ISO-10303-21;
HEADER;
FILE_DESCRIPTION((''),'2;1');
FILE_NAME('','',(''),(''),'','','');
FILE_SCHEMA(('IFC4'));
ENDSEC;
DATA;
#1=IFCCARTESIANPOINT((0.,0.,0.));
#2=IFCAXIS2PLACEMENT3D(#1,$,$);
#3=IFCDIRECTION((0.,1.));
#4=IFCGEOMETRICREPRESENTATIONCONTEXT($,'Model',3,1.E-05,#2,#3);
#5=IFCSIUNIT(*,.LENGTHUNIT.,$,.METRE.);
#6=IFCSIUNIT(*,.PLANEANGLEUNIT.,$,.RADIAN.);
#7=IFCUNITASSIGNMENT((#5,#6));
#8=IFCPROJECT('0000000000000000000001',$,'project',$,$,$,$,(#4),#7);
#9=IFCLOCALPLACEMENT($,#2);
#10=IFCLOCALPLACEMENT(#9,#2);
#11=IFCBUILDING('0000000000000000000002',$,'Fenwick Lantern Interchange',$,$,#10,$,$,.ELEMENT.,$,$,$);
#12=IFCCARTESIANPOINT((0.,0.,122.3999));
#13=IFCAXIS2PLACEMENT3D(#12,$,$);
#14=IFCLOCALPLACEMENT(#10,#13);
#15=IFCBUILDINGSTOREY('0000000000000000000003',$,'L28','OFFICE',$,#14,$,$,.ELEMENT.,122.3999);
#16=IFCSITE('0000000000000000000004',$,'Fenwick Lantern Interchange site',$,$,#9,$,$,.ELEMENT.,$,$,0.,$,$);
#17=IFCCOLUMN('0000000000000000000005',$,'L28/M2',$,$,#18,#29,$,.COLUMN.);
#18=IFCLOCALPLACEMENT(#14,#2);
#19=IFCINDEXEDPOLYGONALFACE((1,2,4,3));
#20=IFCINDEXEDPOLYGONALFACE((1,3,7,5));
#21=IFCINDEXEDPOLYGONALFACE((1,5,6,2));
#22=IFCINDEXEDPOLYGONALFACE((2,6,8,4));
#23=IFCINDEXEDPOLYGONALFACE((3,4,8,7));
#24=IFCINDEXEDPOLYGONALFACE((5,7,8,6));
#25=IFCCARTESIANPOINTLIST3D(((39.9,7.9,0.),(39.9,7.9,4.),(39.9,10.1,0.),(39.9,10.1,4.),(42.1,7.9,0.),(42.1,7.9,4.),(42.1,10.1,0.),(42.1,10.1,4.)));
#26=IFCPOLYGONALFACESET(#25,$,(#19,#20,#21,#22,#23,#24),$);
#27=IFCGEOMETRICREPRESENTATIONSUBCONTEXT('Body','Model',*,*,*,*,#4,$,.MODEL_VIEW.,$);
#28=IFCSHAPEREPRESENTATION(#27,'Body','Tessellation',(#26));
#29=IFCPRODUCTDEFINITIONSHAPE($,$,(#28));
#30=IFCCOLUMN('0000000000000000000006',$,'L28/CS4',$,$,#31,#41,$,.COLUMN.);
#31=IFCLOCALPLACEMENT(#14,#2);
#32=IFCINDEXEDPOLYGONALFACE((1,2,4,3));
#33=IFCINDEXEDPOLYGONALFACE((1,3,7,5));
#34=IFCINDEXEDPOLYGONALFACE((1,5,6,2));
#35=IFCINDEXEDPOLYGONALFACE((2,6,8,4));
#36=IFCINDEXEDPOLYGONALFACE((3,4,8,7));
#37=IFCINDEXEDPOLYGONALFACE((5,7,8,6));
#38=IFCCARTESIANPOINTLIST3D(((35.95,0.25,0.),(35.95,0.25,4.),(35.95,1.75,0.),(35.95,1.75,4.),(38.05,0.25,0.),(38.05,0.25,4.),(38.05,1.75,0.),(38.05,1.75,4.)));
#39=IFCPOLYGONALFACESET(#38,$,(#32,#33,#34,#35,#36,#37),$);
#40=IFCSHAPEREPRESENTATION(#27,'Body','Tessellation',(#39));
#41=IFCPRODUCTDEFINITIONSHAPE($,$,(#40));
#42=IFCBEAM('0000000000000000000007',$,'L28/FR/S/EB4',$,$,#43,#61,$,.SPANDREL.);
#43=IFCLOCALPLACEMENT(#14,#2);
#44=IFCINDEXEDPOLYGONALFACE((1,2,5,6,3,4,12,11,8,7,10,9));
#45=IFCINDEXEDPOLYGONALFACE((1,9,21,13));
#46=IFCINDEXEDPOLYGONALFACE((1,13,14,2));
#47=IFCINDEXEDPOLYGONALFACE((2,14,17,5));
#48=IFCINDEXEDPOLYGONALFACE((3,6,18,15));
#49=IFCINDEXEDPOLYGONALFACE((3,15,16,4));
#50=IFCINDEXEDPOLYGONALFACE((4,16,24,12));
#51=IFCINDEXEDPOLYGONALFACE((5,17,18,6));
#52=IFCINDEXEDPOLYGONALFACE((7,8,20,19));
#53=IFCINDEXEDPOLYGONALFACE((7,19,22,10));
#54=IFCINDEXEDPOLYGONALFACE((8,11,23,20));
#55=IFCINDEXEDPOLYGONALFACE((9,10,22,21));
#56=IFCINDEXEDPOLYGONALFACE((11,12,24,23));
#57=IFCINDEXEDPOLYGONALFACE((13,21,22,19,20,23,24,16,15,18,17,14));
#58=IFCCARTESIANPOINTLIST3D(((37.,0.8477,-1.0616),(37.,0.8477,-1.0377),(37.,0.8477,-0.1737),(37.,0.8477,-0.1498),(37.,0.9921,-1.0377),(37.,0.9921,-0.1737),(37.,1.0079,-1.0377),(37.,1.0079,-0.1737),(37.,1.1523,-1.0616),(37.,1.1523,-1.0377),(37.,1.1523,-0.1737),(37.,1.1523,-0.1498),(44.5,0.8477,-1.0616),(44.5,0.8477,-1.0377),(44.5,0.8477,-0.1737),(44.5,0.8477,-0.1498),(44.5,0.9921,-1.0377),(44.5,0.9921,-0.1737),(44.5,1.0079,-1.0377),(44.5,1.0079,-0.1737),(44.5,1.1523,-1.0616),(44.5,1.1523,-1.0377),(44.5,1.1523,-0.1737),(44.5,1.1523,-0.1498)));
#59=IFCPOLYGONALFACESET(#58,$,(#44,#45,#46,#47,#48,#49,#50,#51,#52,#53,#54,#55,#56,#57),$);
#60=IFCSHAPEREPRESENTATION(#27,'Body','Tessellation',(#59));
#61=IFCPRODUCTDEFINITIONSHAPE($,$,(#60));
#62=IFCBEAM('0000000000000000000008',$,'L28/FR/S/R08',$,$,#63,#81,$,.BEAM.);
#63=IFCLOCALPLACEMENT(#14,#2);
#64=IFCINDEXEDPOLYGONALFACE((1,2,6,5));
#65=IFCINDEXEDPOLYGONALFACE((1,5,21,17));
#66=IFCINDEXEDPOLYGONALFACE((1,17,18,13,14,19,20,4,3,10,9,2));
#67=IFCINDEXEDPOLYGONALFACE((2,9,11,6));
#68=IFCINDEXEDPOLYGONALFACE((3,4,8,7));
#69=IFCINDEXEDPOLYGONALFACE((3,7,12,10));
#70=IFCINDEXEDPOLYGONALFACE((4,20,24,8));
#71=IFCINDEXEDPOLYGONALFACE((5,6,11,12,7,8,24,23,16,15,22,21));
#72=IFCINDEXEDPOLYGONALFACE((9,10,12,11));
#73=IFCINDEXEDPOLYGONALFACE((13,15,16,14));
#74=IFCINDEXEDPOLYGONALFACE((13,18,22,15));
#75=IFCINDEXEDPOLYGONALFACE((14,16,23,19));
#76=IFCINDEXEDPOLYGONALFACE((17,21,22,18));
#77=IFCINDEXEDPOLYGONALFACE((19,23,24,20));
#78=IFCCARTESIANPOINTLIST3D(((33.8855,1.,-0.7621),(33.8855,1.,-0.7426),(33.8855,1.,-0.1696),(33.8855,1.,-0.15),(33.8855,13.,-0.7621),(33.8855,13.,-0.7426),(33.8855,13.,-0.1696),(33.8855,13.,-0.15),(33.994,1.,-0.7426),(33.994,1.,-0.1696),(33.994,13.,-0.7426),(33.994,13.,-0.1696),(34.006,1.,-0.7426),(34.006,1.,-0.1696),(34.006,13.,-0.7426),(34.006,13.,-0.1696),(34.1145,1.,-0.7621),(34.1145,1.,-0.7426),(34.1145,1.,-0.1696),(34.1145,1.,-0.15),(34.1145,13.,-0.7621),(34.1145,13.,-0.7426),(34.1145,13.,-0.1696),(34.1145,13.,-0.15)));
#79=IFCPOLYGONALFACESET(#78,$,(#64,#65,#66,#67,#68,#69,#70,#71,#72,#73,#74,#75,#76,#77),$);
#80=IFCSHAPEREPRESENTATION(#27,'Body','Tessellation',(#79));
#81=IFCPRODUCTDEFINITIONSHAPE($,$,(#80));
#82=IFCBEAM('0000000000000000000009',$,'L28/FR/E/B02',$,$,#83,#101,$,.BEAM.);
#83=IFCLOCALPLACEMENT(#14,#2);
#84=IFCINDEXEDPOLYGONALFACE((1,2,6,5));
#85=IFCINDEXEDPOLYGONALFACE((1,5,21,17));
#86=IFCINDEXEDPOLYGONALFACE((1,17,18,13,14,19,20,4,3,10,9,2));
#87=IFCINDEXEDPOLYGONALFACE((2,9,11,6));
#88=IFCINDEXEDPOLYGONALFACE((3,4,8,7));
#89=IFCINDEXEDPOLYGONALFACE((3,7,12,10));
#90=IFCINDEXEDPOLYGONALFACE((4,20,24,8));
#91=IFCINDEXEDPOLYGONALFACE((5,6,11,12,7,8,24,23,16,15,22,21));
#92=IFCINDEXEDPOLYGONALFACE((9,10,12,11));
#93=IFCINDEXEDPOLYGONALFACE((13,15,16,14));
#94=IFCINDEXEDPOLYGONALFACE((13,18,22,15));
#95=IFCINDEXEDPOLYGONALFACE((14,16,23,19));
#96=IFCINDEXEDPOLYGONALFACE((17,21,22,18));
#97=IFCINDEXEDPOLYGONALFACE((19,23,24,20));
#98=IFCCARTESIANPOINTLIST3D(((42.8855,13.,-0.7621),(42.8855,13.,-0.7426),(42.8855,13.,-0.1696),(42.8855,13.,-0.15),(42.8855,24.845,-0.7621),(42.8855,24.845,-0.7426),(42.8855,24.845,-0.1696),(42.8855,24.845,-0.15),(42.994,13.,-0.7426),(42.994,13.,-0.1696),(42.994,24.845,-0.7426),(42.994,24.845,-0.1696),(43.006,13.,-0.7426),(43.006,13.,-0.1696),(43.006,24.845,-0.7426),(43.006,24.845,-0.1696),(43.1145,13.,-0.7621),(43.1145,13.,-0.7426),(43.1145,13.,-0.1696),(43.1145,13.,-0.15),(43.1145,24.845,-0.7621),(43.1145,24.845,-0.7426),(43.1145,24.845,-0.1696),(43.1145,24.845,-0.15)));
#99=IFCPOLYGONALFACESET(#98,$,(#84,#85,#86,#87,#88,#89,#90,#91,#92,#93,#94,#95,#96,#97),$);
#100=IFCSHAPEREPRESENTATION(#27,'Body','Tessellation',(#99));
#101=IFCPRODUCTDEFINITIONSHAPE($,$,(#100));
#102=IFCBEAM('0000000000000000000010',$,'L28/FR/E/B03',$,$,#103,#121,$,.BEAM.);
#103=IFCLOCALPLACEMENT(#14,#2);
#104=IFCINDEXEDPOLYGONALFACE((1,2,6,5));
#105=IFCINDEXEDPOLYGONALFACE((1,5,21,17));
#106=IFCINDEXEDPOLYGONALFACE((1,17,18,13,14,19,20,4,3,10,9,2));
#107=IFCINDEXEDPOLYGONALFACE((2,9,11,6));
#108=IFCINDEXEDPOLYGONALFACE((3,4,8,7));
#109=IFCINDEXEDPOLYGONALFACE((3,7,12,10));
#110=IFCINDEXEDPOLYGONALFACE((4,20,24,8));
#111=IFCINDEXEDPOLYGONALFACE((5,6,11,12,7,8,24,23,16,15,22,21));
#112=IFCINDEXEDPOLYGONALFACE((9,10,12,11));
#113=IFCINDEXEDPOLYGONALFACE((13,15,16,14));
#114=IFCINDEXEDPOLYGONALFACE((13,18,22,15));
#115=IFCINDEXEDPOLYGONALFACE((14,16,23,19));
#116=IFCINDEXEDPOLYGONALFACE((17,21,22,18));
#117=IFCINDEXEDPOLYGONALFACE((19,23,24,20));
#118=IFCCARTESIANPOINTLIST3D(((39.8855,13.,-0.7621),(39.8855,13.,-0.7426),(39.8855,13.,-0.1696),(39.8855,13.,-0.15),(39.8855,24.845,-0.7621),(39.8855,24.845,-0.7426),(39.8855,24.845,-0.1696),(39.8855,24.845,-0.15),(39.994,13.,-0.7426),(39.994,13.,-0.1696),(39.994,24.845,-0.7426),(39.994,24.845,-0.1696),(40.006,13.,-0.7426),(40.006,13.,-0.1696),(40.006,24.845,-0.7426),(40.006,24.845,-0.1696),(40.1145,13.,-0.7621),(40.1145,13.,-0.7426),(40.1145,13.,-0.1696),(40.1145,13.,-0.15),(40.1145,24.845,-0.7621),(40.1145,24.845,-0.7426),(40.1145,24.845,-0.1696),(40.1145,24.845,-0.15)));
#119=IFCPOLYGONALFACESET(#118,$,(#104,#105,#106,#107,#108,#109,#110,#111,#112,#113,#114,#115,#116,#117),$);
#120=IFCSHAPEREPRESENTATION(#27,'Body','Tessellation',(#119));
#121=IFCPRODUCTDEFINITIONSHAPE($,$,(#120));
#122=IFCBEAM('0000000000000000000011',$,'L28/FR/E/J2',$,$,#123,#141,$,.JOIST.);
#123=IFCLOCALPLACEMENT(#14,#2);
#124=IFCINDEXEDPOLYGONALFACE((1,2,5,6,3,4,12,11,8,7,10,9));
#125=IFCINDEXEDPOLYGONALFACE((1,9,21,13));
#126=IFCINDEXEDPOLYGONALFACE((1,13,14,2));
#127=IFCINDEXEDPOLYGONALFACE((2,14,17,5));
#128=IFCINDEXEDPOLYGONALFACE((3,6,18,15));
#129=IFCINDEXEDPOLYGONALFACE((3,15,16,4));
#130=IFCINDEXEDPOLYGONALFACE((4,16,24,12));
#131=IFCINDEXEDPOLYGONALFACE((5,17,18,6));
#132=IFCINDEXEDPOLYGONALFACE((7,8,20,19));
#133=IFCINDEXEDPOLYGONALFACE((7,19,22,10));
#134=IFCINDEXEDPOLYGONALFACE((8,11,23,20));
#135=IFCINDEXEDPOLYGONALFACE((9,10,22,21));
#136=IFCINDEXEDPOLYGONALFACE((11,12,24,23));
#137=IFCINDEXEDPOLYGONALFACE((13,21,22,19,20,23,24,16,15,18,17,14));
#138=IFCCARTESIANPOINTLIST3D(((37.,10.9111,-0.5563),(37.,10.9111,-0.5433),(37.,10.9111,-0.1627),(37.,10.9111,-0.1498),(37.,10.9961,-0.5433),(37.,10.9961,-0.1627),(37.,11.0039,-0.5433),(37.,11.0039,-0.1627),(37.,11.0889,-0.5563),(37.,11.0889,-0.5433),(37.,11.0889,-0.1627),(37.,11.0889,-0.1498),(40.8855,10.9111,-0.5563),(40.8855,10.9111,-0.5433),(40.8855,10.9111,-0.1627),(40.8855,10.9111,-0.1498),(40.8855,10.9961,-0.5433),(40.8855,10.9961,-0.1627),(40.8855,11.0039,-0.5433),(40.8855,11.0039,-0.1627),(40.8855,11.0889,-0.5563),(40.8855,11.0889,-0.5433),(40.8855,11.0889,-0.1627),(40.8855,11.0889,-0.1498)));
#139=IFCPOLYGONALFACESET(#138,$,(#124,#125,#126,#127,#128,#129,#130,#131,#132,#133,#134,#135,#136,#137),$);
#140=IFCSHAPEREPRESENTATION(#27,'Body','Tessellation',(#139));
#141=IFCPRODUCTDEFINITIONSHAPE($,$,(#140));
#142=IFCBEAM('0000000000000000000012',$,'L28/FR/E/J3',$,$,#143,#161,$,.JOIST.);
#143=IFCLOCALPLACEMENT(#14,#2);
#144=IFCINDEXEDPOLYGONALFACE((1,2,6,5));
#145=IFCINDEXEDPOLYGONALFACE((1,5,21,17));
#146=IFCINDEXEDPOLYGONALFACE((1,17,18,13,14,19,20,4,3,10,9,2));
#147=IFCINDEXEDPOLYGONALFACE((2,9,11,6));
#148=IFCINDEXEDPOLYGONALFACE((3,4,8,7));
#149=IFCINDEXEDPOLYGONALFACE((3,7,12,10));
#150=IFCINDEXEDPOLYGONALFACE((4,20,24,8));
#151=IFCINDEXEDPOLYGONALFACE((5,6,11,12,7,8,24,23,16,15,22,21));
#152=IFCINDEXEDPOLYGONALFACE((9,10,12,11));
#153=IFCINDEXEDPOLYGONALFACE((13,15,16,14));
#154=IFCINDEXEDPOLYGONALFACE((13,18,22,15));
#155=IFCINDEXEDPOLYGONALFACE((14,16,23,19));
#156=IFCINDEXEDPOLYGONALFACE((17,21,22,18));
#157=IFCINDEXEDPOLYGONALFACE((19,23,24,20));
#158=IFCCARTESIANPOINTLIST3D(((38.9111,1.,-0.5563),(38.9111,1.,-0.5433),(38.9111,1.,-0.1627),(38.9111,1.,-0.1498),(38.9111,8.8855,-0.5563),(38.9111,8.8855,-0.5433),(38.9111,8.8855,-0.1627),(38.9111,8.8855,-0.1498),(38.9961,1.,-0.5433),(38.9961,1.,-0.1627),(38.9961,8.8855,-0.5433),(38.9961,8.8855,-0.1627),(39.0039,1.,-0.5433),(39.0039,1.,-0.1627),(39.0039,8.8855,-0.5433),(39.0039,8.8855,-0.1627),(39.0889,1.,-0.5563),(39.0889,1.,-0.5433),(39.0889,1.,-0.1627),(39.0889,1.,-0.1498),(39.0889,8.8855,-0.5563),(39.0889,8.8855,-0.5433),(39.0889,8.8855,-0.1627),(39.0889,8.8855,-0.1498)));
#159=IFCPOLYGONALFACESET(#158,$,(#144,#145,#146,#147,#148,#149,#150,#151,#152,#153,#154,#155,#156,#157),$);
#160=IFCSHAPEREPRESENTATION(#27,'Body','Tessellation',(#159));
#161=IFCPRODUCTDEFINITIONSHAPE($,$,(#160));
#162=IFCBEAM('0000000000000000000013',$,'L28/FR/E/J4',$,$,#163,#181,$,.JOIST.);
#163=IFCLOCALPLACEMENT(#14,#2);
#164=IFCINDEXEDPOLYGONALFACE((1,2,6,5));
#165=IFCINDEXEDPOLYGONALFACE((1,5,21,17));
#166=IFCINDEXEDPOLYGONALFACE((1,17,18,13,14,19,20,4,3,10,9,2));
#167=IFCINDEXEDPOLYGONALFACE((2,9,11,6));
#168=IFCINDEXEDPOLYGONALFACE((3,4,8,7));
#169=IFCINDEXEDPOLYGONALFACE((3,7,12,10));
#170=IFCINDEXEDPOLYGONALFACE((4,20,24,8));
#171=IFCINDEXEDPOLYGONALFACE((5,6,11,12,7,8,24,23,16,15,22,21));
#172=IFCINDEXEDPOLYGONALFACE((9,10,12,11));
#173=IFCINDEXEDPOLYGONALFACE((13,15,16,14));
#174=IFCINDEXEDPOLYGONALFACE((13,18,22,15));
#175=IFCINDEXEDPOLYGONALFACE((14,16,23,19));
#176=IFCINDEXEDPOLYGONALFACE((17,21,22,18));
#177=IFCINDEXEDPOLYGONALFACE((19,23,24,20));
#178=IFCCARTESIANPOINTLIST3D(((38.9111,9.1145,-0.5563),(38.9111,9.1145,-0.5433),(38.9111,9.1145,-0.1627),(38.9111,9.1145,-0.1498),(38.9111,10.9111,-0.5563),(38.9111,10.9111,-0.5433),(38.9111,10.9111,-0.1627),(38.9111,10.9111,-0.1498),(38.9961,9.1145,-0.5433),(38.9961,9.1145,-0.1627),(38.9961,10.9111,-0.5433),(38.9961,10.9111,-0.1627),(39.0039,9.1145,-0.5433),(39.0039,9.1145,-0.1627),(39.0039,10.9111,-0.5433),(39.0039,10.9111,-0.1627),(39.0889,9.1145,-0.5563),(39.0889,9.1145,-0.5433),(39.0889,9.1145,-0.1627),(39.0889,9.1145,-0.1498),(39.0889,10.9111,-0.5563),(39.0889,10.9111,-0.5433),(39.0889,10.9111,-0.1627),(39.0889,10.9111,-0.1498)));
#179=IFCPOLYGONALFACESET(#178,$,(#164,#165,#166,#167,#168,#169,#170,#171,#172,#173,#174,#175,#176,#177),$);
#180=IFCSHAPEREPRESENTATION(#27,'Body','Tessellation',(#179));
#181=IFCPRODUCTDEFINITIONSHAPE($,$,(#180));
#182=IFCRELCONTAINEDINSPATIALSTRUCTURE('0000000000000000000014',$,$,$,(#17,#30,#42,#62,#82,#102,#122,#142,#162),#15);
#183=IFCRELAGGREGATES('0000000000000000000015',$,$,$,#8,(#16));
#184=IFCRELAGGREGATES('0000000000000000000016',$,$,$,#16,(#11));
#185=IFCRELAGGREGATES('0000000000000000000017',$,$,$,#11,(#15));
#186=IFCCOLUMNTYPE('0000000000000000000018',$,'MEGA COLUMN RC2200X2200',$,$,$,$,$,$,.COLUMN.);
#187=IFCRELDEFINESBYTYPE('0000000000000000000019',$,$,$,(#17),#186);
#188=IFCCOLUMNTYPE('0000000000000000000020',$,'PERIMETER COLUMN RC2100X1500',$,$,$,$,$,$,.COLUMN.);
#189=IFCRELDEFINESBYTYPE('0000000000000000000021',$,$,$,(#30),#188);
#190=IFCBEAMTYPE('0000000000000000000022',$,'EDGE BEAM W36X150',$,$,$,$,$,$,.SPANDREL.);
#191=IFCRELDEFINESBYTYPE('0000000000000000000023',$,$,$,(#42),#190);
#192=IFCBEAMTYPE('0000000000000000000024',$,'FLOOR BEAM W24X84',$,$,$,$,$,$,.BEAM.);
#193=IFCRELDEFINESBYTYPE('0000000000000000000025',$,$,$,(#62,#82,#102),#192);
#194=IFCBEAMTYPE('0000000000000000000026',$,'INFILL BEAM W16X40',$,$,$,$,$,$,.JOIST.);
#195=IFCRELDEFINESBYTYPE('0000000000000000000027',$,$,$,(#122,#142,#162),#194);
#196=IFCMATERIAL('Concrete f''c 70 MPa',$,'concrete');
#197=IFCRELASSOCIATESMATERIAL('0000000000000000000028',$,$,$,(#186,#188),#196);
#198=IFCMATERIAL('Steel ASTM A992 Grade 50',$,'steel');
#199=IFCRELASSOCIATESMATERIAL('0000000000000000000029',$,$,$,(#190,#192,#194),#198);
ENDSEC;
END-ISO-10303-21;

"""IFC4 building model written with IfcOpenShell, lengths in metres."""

from ifc_helpers import new_model, si_unit, direction, frame, origin, origin_2d, place, context, subcontext, project, spatial, rectangle, i_section, extrude, material, material_profile, profile_set, type_object, element, save


model = new_model("IFC4")

# Units and contexts
model_context = context("Model", 3, precision=1e-05, world=origin(), true_north=direction((0.0, 1.0)))
body_context = subcontext(model_context, "Body", "Model", "MODEL_VIEW")
ifc_project = project(units=[si_unit("LENGTHUNIT", "METRE"), si_unit("PLANEANGLEUNIT", "RADIAN")], contexts=[model_context])

# Site, building, storey
site_placement = place(None, origin())
site = spatial("IfcSite", under=ifc_project, at=site_placement, Name="Fenwick Lantern Interchange site", CompositionType="ELEMENT", RefElevation=0.0)
building_placement = place(site_placement, origin())
building = spatial("IfcBuilding", under=site, at=building_placement, Name="Fenwick Lantern Interchange", CompositionType="ELEMENT")
storey_placement = place(building_placement, frame((0.0, 0.0, 122.3999)))
storey = spatial("IfcBuildingStorey", under=building, at=storey_placement, Name="L28", Description="OFFICE", CompositionType="ELEMENT", Elevation=122.3999)

# Columns
ifc_material_1 = material(Name="Concrete f'c 70 MPa", Category="concrete")
ifc_material_profile_1 = material_profile(ifc_material_1, rectangle(XDim=2.2, YDim=2.2, at=origin_2d()), Name="RC2200X2200")
ifc_profile_set_1 = profile_set([ifc_material_profile_1], Name="Concrete f'c 70 MPa")
column_type_1 = type_object("IfcColumnType", Name="MEGA COLUMN RC2200X2200", PredefinedType="COLUMN", material=ifc_profile_set_1)
column_1_placement = place(storey_placement, frame((41.0, 9.0, 0.0), z_axis=(0.0, 0.0, 1.0), x_axis=(1.0, 0.0, 0.0)))
element("IfcColumn", 1, at=column_1_placement, inside=storey, type_object=column_type_1, Name="L28/M2", PredefinedType="COLUMN", context=body_context, shape_type="SweptSolid", body=[
    extrude(rectangle(XDim=2.2, YDim=2.2, at=origin_2d()), origin(), (0.0, 0.0, 1.0), 4.0),
])
ifc_material_profile_2 = material_profile(ifc_material_1, rectangle(XDim=2.1001, YDim=1.5, at=origin_2d()), Name="RC2100X1500")
ifc_profile_set_2 = profile_set([ifc_material_profile_2], Name="Concrete f'c 70 MPa")
column_type_2 = type_object("IfcColumnType", Name="PERIMETER COLUMN RC2100X1500", PredefinedType="COLUMN", material=ifc_profile_set_2)
column_2_placement = place(storey_placement, frame((37.0, 1.0, 0.0), z_axis=(0.0, 0.0, 1.0), x_axis=(1.0, 0.0, 0.0)))
element("IfcColumn", 2, at=column_2_placement, inside=storey, type_object=column_type_2, Name="L28/CS4", PredefinedType="COLUMN", context=body_context, shape_type="SweptSolid", body=[
    extrude(rectangle(XDim=2.1001, YDim=1.5, at=origin_2d()), origin(), (0.0, 0.0, 1.0), 4.0),
])

# Beams
ifc_material_2 = material(Name="Steel ASTM A992 Grade 50", Category="steel")
ifc_material_profile_3 = material_profile(ifc_material_2, i_section(OverallWidth=0.3047, OverallDepth=0.9119, WebThickness=0.0159, FlangeThickness=0.0239, at=origin_2d()), Name="W36X150")
ifc_profile_set_3 = profile_set([ifc_material_profile_3], Name="Steel ASTM A992 Grade 50")
beam_type_1 = type_object("IfcBeamType", Name="EDGE BEAM W36X150", PredefinedType="SPANDREL", material=ifc_profile_set_3)
beam_1_placement = place(storey_placement, frame((37.0, 1.0, -0.6057), z_axis=(1.0, 0.0, 0.0), x_axis=(0.0, 1.0, 0.0)))
element("IfcBeam", 3, at=beam_1_placement, inside=storey, type_object=beam_type_1, Name="L28/FR/S/EB4", PredefinedType="SPANDREL", context=body_context, shape_type="SweptSolid", body=[
    extrude(i_section(OverallWidth=0.3047, OverallDepth=0.9119, WebThickness=0.0159, FlangeThickness=0.0239, at=origin_2d()), origin(), (0.0, 0.0, 1.0), 7.5),
])
ifc_material_profile_4 = material_profile(ifc_material_2, i_section(OverallWidth=0.229, OverallDepth=0.6121, WebThickness=0.012, FlangeThickness=0.0195, at=origin_2d()), Name="W24X84")
ifc_profile_set_4 = profile_set([ifc_material_profile_4], Name="Steel ASTM A992 Grade 50")
beam_type_2 = type_object("IfcBeamType", Name="FLOOR BEAM W24X84", PredefinedType="BEAM", material=ifc_profile_set_4)
beam_2_placement = place(storey_placement, frame((34.0, 1.0, -0.4561), z_axis=(0.0, 1.0, 0.0), x_axis=(-1.0, 0.0, 0.0)))
element("IfcBeam", 4, at=beam_2_placement, inside=storey, type_object=beam_type_2, Name="L28/FR/S/R08", PredefinedType="BEAM", context=body_context, shape_type="SweptSolid", body=[
    extrude(i_section(OverallWidth=0.229, OverallDepth=0.6121, WebThickness=0.012, FlangeThickness=0.0195, at=origin_2d()), origin(), (0.0, 0.0, 1.0), 12.0),
])
for number, where, z_axis, x_axis, name in (
    (5, (43.0, 13.0, -0.4561), (0.0, 1.0, 0.0), (-1.0, 0.0, 0.0), "L28/FR/E/B02"),
    (6, (40.0, 13.0, -0.4561), (0.0, 1.0, 0.0), (-1.0, 0.0, 0.0), "L28/FR/E/B03"),
):
    element("IfcBeam", number, at=place(storey_placement, frame(where, z_axis=z_axis, x_axis=x_axis)), inside=storey, type_object=beam_type_2, Name=name, PredefinedType="BEAM", context=body_context, shape_type="SweptSolid", body=[
        extrude(i_section(OverallWidth=0.229, OverallDepth=0.6121, WebThickness=0.012, FlangeThickness=0.0195, at=origin_2d()), origin(), (0.0, 0.0, 1.0), 11.845),
    ])
ifc_material_profile_5 = material_profile(ifc_material_2, i_section(OverallWidth=0.1777, OverallDepth=0.4065, WebThickness=0.0078, FlangeThickness=0.0129, at=origin_2d()), Name="W16X40")
ifc_profile_set_5 = profile_set([ifc_material_profile_5], Name="Steel ASTM A992 Grade 50")
beam_type_3 = type_object("IfcBeamType", Name="INFILL BEAM W16X40", PredefinedType="JOIST", material=ifc_profile_set_5)
beam_3_placement = place(storey_placement, frame((40.8855, 11.0, -0.353), z_axis=(-1.0, 0.0, 0.0), x_axis=(0.0, -1.0, 0.0)))
element("IfcBeam", 7, at=beam_3_placement, inside=storey, type_object=beam_type_3, Name="L28/FR/E/J2", PredefinedType="JOIST", context=body_context, shape_type="SweptSolid", body=[
    extrude(i_section(OverallWidth=0.1777, OverallDepth=0.4065, WebThickness=0.0078, FlangeThickness=0.0129, at=origin_2d()), origin(), (0.0, 0.0, 1.0), 3.8855),
])
beam_4_placement = place(storey_placement, frame((39.0, 1.0, -0.353), z_axis=(0.0, 1.0, 0.0), x_axis=(-1.0, 0.0, 0.0)))
element("IfcBeam", 8, at=beam_4_placement, inside=storey, type_object=beam_type_3, Name="L28/FR/E/J3", PredefinedType="JOIST", context=body_context, shape_type="SweptSolid", body=[
    extrude(i_section(OverallWidth=0.1777, OverallDepth=0.4065, WebThickness=0.0078, FlangeThickness=0.0129, at=origin_2d()), origin(), (0.0, 0.0, 1.0), 7.8855),
])
beam_5_placement = place(storey_placement, frame((39.0, 9.1145, -0.353), z_axis=(0.0, 1.0, 0.0), x_axis=(-1.0, 0.0, 0.0)))
element("IfcBeam", 9, at=beam_5_placement, inside=storey, type_object=beam_type_3, Name="L28/FR/E/J4", PredefinedType="JOIST", context=body_context, shape_type="SweptSolid", body=[
    extrude(i_section(OverallWidth=0.1777, OverallDepth=0.4065, WebThickness=0.0078, FlangeThickness=0.0129, at=origin_2d()), origin(), (0.0, 0.0, 1.0), 1.7966),
])

save(model, "model.ifc")
